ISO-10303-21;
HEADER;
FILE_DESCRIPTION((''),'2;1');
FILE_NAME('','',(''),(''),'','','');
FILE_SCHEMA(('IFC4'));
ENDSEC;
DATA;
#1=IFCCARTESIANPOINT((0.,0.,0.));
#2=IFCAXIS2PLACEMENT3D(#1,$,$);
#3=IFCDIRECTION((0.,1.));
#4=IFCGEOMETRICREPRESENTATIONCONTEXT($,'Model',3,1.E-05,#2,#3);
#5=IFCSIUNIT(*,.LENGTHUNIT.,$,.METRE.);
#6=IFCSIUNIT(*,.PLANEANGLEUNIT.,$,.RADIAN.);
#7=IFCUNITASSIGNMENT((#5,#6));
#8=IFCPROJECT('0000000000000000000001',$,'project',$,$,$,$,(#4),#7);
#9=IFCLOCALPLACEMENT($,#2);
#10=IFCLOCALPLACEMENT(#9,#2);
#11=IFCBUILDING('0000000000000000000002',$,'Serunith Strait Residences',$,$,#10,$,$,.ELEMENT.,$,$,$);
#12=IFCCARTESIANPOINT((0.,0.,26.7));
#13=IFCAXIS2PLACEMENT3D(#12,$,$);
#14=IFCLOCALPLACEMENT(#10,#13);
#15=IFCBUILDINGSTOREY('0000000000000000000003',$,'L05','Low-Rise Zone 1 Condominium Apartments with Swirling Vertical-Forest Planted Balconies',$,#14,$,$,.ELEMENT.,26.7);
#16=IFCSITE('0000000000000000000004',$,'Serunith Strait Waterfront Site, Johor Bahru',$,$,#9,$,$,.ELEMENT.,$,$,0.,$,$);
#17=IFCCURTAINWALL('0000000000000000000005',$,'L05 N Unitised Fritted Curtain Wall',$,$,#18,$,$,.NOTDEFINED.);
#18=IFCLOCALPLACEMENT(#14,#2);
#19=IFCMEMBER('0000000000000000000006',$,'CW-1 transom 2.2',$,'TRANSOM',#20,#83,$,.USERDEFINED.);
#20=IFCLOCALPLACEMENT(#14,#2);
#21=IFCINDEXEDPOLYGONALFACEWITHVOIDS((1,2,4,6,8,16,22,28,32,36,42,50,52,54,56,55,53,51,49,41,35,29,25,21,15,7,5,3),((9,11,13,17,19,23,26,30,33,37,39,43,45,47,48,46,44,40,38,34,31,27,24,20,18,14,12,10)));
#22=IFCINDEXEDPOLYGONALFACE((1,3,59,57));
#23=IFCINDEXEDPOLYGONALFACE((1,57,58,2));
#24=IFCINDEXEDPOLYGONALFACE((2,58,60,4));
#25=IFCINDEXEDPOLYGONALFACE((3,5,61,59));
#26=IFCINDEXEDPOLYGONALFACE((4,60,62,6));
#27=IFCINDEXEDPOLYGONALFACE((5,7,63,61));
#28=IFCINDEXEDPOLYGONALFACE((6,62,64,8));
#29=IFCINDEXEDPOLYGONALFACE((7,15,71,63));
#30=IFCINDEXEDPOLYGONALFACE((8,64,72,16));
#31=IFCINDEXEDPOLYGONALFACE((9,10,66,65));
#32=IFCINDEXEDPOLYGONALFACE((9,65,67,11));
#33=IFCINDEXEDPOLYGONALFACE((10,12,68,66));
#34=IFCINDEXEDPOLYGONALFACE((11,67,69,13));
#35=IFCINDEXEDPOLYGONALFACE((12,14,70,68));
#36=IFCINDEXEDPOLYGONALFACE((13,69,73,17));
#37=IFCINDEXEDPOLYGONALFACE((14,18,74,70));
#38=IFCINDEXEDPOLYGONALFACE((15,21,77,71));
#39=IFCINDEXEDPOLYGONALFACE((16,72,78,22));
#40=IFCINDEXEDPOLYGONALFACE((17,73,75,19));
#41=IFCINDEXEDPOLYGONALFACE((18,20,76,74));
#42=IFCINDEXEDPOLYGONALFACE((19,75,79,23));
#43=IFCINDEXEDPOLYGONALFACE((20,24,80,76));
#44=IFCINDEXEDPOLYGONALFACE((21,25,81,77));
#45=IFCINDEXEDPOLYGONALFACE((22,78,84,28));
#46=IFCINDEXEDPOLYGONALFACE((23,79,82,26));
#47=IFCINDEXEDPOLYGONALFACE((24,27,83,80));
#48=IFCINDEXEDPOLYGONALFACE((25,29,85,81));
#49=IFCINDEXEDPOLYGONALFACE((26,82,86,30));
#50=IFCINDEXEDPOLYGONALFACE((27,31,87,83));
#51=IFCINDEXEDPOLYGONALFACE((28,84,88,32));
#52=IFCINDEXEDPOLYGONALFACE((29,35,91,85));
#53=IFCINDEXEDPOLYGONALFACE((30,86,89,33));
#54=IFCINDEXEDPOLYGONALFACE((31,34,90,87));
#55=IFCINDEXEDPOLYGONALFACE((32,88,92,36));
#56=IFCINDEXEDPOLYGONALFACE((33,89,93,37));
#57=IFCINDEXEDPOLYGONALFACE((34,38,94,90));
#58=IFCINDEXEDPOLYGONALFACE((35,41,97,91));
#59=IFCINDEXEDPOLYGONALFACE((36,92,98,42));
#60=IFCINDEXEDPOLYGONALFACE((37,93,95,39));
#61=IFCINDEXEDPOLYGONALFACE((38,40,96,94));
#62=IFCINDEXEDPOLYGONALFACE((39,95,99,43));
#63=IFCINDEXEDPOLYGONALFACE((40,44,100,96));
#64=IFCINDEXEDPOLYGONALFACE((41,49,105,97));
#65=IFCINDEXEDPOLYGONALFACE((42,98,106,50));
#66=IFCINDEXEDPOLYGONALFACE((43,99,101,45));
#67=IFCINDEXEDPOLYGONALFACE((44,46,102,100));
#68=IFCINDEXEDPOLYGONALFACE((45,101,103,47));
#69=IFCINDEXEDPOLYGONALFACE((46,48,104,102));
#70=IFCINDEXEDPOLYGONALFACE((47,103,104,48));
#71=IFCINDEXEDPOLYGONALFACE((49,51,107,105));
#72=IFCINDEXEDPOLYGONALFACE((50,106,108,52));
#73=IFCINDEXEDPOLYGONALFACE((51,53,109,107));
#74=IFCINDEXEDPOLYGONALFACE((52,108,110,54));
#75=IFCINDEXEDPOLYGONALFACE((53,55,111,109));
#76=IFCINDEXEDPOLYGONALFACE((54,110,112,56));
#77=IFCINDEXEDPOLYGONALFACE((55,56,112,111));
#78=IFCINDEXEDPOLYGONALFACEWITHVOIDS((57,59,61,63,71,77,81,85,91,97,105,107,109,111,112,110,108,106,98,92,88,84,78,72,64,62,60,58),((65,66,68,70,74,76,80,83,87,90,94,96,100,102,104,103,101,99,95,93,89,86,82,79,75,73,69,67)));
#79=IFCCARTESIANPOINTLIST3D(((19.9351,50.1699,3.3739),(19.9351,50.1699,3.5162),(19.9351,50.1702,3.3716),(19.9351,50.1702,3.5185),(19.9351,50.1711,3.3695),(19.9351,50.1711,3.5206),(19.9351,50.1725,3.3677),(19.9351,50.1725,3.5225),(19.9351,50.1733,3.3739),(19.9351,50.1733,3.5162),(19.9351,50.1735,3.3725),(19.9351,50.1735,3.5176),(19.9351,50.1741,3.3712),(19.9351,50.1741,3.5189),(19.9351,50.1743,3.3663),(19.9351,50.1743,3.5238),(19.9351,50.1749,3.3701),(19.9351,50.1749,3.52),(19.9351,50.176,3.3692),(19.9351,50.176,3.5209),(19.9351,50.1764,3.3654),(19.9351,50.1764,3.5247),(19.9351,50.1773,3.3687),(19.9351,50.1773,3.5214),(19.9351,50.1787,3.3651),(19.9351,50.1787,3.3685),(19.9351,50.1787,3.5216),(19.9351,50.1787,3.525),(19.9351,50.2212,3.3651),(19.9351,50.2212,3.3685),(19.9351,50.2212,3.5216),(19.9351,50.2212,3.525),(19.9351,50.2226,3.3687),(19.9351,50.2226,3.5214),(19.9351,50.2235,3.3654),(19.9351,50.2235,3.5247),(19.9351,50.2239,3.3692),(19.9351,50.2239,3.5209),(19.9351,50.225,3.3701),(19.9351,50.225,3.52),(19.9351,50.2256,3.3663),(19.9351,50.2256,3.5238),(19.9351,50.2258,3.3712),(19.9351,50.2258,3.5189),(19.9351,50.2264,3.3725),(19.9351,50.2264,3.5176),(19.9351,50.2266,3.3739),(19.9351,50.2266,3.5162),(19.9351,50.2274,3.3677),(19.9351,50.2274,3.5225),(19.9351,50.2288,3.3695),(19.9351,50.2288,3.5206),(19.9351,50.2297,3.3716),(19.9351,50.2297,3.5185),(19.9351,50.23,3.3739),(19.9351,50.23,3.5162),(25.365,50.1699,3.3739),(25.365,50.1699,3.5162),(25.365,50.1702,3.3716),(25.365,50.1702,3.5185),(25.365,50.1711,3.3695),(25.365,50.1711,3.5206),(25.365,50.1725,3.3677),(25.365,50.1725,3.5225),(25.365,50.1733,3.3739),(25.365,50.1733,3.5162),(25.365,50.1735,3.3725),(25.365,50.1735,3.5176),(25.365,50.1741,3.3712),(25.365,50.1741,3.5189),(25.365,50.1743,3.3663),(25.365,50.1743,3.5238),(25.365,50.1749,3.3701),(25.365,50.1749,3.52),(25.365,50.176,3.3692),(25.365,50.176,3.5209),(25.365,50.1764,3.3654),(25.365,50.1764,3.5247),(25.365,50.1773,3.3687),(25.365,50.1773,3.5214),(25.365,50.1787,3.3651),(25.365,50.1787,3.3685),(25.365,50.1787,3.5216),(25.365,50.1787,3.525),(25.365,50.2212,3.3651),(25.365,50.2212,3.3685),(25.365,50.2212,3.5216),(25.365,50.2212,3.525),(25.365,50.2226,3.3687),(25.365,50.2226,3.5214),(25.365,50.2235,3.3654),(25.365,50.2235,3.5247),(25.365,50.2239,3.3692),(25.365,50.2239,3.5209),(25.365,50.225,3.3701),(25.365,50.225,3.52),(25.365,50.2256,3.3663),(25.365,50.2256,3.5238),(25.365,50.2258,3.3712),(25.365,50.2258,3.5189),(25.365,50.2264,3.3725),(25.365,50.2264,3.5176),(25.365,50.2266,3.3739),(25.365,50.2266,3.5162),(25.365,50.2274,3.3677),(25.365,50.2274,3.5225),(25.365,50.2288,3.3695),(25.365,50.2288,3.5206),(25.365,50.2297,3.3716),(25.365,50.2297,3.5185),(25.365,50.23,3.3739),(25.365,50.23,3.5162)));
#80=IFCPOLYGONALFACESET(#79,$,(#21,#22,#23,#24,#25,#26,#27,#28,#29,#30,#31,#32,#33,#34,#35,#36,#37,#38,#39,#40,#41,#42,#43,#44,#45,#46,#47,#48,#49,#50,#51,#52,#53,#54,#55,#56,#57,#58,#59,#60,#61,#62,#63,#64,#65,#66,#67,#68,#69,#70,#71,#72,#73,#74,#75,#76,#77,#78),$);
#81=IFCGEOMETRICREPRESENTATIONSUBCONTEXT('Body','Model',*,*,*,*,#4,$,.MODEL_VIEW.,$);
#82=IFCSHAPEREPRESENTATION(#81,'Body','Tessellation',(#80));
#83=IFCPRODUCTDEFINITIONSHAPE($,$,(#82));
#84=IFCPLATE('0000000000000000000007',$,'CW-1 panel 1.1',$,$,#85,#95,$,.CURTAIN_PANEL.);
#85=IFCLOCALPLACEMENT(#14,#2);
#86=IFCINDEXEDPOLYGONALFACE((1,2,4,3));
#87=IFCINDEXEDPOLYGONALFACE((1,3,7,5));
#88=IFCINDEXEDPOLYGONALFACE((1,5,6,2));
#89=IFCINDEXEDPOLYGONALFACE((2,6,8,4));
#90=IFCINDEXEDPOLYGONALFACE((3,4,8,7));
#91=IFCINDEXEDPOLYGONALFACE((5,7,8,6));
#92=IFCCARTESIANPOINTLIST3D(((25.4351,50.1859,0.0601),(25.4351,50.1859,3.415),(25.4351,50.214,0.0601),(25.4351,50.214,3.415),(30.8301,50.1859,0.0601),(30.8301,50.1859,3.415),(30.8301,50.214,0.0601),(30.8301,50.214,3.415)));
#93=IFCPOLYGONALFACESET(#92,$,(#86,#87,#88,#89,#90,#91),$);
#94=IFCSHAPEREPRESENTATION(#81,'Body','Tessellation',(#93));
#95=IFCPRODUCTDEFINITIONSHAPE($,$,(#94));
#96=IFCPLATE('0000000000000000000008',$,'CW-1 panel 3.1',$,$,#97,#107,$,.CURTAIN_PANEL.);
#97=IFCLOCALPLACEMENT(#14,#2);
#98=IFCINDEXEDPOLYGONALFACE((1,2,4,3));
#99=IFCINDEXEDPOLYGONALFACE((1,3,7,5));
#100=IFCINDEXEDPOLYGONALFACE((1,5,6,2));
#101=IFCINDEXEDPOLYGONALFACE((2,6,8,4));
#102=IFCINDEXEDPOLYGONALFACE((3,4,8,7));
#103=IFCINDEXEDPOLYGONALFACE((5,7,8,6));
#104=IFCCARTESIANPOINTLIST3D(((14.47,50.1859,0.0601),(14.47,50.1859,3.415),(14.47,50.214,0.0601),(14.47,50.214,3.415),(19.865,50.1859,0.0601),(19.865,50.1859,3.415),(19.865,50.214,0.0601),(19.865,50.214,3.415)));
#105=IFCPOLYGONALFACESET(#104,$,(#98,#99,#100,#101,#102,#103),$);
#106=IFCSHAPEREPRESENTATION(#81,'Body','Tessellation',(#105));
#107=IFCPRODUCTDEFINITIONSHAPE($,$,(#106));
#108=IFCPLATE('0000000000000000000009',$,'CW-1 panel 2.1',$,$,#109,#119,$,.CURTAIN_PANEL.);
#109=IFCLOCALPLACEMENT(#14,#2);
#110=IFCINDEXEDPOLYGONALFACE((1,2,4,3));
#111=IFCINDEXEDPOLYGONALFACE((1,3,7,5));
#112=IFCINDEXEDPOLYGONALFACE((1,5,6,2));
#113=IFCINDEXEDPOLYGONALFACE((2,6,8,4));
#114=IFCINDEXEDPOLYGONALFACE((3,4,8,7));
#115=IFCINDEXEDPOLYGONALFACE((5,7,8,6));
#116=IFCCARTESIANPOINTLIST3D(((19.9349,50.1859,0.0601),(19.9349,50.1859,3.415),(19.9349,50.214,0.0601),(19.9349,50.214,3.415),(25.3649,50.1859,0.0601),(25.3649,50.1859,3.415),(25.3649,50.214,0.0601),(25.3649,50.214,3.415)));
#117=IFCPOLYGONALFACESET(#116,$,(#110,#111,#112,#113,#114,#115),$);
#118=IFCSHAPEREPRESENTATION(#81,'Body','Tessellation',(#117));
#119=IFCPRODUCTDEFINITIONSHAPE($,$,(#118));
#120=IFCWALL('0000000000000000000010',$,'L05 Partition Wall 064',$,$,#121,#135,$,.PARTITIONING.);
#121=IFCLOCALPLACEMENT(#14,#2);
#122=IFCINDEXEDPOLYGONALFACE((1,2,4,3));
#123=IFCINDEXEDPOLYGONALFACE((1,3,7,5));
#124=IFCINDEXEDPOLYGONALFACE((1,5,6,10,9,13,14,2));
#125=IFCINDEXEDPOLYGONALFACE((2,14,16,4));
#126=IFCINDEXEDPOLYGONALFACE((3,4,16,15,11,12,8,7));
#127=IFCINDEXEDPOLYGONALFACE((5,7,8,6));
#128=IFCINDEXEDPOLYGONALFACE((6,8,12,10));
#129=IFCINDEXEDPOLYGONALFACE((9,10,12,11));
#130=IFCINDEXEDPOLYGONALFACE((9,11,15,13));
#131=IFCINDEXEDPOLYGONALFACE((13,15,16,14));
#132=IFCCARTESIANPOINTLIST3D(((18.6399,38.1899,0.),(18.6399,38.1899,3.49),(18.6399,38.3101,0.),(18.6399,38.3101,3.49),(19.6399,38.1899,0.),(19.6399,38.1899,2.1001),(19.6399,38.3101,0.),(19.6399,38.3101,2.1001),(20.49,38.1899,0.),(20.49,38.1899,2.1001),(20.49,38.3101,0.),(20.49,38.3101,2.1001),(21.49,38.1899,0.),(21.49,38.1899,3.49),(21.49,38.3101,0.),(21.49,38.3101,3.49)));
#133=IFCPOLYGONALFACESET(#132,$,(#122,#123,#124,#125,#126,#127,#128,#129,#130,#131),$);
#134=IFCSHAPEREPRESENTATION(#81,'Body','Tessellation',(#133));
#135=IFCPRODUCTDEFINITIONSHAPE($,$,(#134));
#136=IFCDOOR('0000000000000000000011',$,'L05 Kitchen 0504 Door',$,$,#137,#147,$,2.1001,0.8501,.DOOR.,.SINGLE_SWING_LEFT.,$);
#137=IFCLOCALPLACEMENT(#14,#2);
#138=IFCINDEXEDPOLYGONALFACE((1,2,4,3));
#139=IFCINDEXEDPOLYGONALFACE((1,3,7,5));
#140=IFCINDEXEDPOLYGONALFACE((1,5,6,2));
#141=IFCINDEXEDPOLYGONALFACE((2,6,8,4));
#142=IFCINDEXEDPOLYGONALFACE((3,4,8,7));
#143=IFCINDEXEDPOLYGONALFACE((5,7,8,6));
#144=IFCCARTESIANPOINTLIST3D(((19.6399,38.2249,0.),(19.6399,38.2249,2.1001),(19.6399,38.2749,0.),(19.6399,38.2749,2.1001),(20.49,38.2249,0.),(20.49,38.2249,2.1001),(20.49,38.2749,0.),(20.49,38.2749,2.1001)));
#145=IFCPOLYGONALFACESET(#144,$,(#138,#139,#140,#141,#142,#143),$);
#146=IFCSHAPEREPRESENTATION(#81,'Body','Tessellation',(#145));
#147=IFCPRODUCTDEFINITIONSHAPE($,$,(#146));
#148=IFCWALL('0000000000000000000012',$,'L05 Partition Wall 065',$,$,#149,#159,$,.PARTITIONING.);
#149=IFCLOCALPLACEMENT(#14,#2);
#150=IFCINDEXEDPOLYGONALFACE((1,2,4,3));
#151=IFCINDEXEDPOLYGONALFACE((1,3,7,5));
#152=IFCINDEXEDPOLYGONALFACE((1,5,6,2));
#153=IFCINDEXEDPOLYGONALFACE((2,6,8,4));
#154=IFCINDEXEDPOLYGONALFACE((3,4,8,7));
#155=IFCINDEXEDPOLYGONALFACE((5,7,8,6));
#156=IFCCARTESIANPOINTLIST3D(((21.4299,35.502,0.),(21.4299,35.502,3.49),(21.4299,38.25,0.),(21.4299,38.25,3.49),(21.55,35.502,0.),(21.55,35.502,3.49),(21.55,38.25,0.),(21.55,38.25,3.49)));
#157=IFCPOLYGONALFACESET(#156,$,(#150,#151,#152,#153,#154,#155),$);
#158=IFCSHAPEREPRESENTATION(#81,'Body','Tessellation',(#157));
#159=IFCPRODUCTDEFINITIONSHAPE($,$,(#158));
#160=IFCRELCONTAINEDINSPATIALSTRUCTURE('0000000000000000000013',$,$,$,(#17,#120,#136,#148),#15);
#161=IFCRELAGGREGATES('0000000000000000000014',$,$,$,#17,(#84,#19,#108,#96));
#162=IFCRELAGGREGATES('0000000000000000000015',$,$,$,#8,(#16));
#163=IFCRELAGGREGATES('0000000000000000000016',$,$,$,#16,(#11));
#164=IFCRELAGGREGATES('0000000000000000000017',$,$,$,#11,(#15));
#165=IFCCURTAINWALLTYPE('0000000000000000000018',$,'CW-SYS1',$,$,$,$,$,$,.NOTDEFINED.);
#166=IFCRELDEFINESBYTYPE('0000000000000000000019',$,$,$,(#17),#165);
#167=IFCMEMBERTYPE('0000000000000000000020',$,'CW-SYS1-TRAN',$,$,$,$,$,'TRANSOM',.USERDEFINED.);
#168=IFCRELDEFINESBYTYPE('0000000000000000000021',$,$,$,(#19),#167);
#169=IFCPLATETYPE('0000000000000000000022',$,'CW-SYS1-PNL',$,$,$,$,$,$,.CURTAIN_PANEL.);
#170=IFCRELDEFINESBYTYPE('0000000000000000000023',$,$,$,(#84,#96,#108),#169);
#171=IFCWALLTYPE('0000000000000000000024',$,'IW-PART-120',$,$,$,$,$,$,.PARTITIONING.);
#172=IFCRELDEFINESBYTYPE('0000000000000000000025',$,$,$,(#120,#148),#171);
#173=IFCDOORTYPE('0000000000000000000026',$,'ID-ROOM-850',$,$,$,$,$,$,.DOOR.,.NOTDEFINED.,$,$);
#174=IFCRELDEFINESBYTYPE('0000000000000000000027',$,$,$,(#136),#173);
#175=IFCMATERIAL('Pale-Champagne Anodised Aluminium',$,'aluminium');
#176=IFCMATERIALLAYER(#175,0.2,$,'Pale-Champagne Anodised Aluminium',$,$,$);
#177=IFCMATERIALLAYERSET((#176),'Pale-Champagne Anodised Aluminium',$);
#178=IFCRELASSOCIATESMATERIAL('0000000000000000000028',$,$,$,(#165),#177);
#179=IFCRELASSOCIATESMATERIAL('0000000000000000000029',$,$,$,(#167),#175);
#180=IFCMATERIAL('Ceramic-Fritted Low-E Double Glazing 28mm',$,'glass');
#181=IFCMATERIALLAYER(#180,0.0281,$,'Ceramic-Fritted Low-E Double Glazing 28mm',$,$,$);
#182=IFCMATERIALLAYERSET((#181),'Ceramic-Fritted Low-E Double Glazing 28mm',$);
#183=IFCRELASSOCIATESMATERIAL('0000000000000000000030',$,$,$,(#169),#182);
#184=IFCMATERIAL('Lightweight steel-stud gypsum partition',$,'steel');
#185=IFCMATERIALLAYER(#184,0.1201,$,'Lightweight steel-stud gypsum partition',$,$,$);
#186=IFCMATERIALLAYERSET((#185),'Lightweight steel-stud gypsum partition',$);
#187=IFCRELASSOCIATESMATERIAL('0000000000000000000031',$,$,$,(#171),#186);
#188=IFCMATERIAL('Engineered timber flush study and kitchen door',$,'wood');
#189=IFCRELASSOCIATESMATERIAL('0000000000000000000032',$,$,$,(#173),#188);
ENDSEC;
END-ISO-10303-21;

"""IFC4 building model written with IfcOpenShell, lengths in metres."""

from ifc_helpers import new_model, si_unit, direction, frame, frame_2d, origin, origin_2d, place, context, subcontext, project, spatial, rectangle, hollow_rectangle, extrude, source, transform, mapped, material, layer, layer_set, material_profile, profile_set, type_object, element, fill, aggregate, save


model = new_model("IFC4")

# Units and contexts
model_context = context("Model", 3, precision=1e-05, world=origin(), true_north=direction((0.0, 1.0)))
body_context = subcontext(model_context, "Body", "Model", "MODEL_VIEW")
ifc_project = project(units=[si_unit("LENGTHUNIT", "METRE"), si_unit("PLANEANGLEUNIT", "RADIAN")], contexts=[model_context])

# Site, building, storey
site_placement = place(None, origin())
site = spatial("IfcSite", under=ifc_project, at=site_placement, Name="Serunith Strait Waterfront Site, Johor Bahru", CompositionType="ELEMENT", RefElevation=0.0)
building_placement = place(site_placement, origin())
building = spatial("IfcBuilding", under=site, at=building_placement, Name="Serunith Strait Residences", CompositionType="ELEMENT")
storey_placement = place(building_placement, frame((0.0, 0.0, 26.7)))
storey = spatial("IfcBuildingStorey", under=building, at=storey_placement, Name="L05", Description="Low-Rise Zone 1 Condominium Apartments with Swirling Vertical-Forest Planted Balconies", CompositionType="ELEMENT", Elevation=26.7)

# Curtain wall, member, plates
ifc_material_1 = material(Name="Pale-Champagne Anodised Aluminium", Category="aluminium")
ifc_layer_1 = layer(ifc_material_1, 0.2, Name="Pale-Champagne Anodised Aluminium")
ifc_layer_set_1 = layer_set([ifc_layer_1], Name="Pale-Champagne Anodised Aluminium")
curtain_wall_type = type_object("IfcCurtainWallType", Name="CW-SYS1", PredefinedType="NOTDEFINED", material=ifc_layer_set_1)
curtain_wall_placement = place(storey_placement, origin())
curtain_wall = element("IfcCurtainWall", 1, at=curtain_wall_placement, inside=storey, type_object=curtain_wall_type, Name="L05 N Unitised Fritted Curtain Wall", PredefinedType="NOTDEFINED")
ifc_material_profile_1 = material_profile(ifc_material_1, hollow_rectangle(XDim=0.0601, YDim=0.1599, WallThickness=0.0034, InnerFilletRadius=0.0054, OuterFilletRadius=0.0088, at=origin_2d()), Name="ALU 160x60x3.5")
ifc_profile_set_1 = profile_set([ifc_material_profile_1], Name="Pale-Champagne Anodised Aluminium")
member_type_1 = type_object("IfcMemberType", Name="CW-SYS1-TRAN", ElementType="TRANSOM", PredefinedType="USERDEFINED", material=ifc_profile_set_1)
shared_shape_1 = source(origin(), body_context, "Body", "SweptSolid", [
    extrude(hollow_rectangle(XDim=0.0601, YDim=0.1599, WallThickness=0.0034, InnerFilletRadius=0.0054, OuterFilletRadius=0.0088, at=origin_2d()), origin(), (0.0, 0.0, 1.0), 5.4299),
])
member_1_placement = place(storey_placement, frame((25.365, 50.2, 3.4451), z_axis=(-1.0, 0.0, 0.0), x_axis=(0.0, -1.0, 0.0)))
member_1 = element("IfcMember", 2, at=member_1_placement, type_object=member_type_1, Name="CW-1 transom 2.2", ObjectType="TRANSOM", PredefinedType="USERDEFINED", context=body_context, shape_type="MappedRepresentation", body=[
    mapped(shared_shape_1, transform((0.0, 0.0, 0.0), scale=1.0)),
])
ifc_material_2 = material(Name="Ceramic-Fritted Low-E Double Glazing 28mm", Category="glass")
ifc_layer_2 = layer(ifc_material_2, 0.0281, Name="Ceramic-Fritted Low-E Double Glazing 28mm")
ifc_layer_set_2 = layer_set([ifc_layer_2], Name="Ceramic-Fritted Low-E Double Glazing 28mm")
plate_type = type_object("IfcPlateType", Name="CW-SYS1-PNL", PredefinedType="CURTAIN_PANEL", material=ifc_layer_set_2)
shared_shape_2 = source(origin(), body_context, "Body", "SweptSolid", [
    extrude(rectangle(XDim=5.395, YDim=0.0281, at=origin_2d()), origin(), (0.0, 0.0, 1.0), 3.355),
])
plate_1_placement = place(storey_placement, frame((28.1326, 50.2, 0.0601), z_axis=(0.0, 0.0, 1.0), x_axis=(-1.0, 0.0, 0.0)))
plate_1 = element("IfcPlate", 3, at=plate_1_placement, type_object=plate_type, Name="CW-1 panel 1.1", PredefinedType="CURTAIN_PANEL", context=body_context, shape_type="MappedRepresentation", body=[
    mapped(shared_shape_2, transform((0.0, 0.0, 0.0), scale=1.0)),
])
plate_2_placement = place(storey_placement, frame((17.1675, 50.2, 0.0601), z_axis=(0.0, 0.0, 1.0), x_axis=(-1.0, 0.0, 0.0)))
plate_2 = element("IfcPlate", 4, at=plate_2_placement, type_object=plate_type, Name="CW-1 panel 3.1", PredefinedType="CURTAIN_PANEL", context=body_context, shape_type="MappedRepresentation", body=[
    mapped(shared_shape_2, transform((0.0, 0.0, 0.0), scale=1.0)),
])
shared_shape_3 = source(origin(), body_context, "Body", "SweptSolid", [
    extrude(rectangle(XDim=5.4299, YDim=0.0281, at=origin_2d()), origin(), (0.0, 0.0, 1.0), 3.355),
])
plate_3_placement = place(storey_placement, frame((22.6499, 50.2, 0.0601), z_axis=(0.0, 0.0, 1.0), x_axis=(-1.0, 0.0, 0.0)))
plate_3 = element("IfcPlate", 5, at=plate_3_placement, type_object=plate_type, Name="CW-1 panel 2.1", PredefinedType="CURTAIN_PANEL", context=body_context, shape_type="MappedRepresentation", body=[
    mapped(shared_shape_3, transform((0.0, 0.0, 0.0), scale=1.0)),
])
aggregate(curtain_wall, [plate_1, member_1, plate_3, plate_2])

# Wall, opening, door
ifc_material_3 = material(Name="Lightweight steel-stud gypsum partition", Category="steel")
ifc_layer_3 = layer(ifc_material_3, 0.1201, Name="Lightweight steel-stud gypsum partition")
ifc_layer_set_3 = layer_set([ifc_layer_3], Name="Lightweight steel-stud gypsum partition")
wall_type = type_object("IfcWallType", Name="IW-PART-120", PredefinedType="PARTITIONING", material=ifc_layer_set_3)
wall_1_placement = place(storey_placement, frame((18.6399, 38.25, 0.0), z_axis=(0.0, 0.0, 1.0), x_axis=(1.0, 0.0, 0.0)))
wall_1 = element("IfcWall", 6, at=wall_1_placement, inside=storey, type_object=wall_type, Name="L05 Partition Wall 064", PredefinedType="PARTITIONING", context=body_context, shape_type="SweptSolid", body=[
    extrude(rectangle(XDim=2.8501, YDim=0.1201, at=frame_2d((1.425, 0.0))), origin(), (0.0, 0.0, 1.0), 3.49),
])
opening_1_placement = place(wall_1_placement, frame((1.0, 0.0, 0.0)))
opening_1 = element("IfcOpeningElement", 7, at=opening_1_placement, cuts=wall_1, PredefinedType="OPENING", context=body_context, shape_type="SweptSolid", body=[
    extrude(rectangle(XDim=0.8501, YDim=2.1001, at=frame_2d((0.425, 1.05))), frame((0.0, 0.0701, 0.0), z_axis=(0.0, -1.0, 0.0), x_axis=(1.0, 0.0, 0.0)), (0.0, 0.0, 1.0), 0.1401),
])
ifc_material_4 = material(Name="Engineered timber flush study and kitchen door", Category="wood")
door_type_1 = type_object("IfcDoorType", Name="ID-ROOM-850", OperationType="NOTDEFINED", PredefinedType="DOOR", material=ifc_material_4)
shared_shape_4 = source(origin(), body_context, "Body", "SweptSolid", [
    extrude(rectangle(XDim=0.8501, YDim=2.1001, at=frame_2d((0.425, 1.05))), frame((0.0, 0.0249, 0.0), z_axis=(0.0, -1.0, 0.0), x_axis=(1.0, 0.0, 0.0)), (0.0, 0.0, 1.0), 0.05),
])
door_1_placement = place(opening_1_placement, origin())
door_1 = element("IfcDoor", 8, at=door_1_placement, inside=storey, type_object=door_type_1, Name="L05 Kitchen 0504 Door", OperationType="SINGLE_SWING_LEFT", OverallHeight=2.1001, OverallWidth=0.8501, PredefinedType="DOOR", context=body_context, shape_type="MappedRepresentation", body=[
    mapped(shared_shape_4, transform((0.0, 0.0, 0.0), scale=1.0)),
])
fill(opening_1, door_1)

# Wall
wall_2_placement = place(storey_placement, frame((21.49, 38.25, 0.0), z_axis=(0.0, 0.0, 1.0), x_axis=(0.0, -1.0, 0.0)))
element("IfcWall", 9, at=wall_2_placement, inside=storey, type_object=wall_type, Name="L05 Partition Wall 065", PredefinedType="PARTITIONING", context=body_context, shape_type="SweptSolid", body=[
    extrude(rectangle(XDim=2.748, YDim=0.1201, at=frame_2d((1.374, 0.0))), origin(), (0.0, 0.0, 1.0), 3.49),
])

save(model, "model.ifc")
